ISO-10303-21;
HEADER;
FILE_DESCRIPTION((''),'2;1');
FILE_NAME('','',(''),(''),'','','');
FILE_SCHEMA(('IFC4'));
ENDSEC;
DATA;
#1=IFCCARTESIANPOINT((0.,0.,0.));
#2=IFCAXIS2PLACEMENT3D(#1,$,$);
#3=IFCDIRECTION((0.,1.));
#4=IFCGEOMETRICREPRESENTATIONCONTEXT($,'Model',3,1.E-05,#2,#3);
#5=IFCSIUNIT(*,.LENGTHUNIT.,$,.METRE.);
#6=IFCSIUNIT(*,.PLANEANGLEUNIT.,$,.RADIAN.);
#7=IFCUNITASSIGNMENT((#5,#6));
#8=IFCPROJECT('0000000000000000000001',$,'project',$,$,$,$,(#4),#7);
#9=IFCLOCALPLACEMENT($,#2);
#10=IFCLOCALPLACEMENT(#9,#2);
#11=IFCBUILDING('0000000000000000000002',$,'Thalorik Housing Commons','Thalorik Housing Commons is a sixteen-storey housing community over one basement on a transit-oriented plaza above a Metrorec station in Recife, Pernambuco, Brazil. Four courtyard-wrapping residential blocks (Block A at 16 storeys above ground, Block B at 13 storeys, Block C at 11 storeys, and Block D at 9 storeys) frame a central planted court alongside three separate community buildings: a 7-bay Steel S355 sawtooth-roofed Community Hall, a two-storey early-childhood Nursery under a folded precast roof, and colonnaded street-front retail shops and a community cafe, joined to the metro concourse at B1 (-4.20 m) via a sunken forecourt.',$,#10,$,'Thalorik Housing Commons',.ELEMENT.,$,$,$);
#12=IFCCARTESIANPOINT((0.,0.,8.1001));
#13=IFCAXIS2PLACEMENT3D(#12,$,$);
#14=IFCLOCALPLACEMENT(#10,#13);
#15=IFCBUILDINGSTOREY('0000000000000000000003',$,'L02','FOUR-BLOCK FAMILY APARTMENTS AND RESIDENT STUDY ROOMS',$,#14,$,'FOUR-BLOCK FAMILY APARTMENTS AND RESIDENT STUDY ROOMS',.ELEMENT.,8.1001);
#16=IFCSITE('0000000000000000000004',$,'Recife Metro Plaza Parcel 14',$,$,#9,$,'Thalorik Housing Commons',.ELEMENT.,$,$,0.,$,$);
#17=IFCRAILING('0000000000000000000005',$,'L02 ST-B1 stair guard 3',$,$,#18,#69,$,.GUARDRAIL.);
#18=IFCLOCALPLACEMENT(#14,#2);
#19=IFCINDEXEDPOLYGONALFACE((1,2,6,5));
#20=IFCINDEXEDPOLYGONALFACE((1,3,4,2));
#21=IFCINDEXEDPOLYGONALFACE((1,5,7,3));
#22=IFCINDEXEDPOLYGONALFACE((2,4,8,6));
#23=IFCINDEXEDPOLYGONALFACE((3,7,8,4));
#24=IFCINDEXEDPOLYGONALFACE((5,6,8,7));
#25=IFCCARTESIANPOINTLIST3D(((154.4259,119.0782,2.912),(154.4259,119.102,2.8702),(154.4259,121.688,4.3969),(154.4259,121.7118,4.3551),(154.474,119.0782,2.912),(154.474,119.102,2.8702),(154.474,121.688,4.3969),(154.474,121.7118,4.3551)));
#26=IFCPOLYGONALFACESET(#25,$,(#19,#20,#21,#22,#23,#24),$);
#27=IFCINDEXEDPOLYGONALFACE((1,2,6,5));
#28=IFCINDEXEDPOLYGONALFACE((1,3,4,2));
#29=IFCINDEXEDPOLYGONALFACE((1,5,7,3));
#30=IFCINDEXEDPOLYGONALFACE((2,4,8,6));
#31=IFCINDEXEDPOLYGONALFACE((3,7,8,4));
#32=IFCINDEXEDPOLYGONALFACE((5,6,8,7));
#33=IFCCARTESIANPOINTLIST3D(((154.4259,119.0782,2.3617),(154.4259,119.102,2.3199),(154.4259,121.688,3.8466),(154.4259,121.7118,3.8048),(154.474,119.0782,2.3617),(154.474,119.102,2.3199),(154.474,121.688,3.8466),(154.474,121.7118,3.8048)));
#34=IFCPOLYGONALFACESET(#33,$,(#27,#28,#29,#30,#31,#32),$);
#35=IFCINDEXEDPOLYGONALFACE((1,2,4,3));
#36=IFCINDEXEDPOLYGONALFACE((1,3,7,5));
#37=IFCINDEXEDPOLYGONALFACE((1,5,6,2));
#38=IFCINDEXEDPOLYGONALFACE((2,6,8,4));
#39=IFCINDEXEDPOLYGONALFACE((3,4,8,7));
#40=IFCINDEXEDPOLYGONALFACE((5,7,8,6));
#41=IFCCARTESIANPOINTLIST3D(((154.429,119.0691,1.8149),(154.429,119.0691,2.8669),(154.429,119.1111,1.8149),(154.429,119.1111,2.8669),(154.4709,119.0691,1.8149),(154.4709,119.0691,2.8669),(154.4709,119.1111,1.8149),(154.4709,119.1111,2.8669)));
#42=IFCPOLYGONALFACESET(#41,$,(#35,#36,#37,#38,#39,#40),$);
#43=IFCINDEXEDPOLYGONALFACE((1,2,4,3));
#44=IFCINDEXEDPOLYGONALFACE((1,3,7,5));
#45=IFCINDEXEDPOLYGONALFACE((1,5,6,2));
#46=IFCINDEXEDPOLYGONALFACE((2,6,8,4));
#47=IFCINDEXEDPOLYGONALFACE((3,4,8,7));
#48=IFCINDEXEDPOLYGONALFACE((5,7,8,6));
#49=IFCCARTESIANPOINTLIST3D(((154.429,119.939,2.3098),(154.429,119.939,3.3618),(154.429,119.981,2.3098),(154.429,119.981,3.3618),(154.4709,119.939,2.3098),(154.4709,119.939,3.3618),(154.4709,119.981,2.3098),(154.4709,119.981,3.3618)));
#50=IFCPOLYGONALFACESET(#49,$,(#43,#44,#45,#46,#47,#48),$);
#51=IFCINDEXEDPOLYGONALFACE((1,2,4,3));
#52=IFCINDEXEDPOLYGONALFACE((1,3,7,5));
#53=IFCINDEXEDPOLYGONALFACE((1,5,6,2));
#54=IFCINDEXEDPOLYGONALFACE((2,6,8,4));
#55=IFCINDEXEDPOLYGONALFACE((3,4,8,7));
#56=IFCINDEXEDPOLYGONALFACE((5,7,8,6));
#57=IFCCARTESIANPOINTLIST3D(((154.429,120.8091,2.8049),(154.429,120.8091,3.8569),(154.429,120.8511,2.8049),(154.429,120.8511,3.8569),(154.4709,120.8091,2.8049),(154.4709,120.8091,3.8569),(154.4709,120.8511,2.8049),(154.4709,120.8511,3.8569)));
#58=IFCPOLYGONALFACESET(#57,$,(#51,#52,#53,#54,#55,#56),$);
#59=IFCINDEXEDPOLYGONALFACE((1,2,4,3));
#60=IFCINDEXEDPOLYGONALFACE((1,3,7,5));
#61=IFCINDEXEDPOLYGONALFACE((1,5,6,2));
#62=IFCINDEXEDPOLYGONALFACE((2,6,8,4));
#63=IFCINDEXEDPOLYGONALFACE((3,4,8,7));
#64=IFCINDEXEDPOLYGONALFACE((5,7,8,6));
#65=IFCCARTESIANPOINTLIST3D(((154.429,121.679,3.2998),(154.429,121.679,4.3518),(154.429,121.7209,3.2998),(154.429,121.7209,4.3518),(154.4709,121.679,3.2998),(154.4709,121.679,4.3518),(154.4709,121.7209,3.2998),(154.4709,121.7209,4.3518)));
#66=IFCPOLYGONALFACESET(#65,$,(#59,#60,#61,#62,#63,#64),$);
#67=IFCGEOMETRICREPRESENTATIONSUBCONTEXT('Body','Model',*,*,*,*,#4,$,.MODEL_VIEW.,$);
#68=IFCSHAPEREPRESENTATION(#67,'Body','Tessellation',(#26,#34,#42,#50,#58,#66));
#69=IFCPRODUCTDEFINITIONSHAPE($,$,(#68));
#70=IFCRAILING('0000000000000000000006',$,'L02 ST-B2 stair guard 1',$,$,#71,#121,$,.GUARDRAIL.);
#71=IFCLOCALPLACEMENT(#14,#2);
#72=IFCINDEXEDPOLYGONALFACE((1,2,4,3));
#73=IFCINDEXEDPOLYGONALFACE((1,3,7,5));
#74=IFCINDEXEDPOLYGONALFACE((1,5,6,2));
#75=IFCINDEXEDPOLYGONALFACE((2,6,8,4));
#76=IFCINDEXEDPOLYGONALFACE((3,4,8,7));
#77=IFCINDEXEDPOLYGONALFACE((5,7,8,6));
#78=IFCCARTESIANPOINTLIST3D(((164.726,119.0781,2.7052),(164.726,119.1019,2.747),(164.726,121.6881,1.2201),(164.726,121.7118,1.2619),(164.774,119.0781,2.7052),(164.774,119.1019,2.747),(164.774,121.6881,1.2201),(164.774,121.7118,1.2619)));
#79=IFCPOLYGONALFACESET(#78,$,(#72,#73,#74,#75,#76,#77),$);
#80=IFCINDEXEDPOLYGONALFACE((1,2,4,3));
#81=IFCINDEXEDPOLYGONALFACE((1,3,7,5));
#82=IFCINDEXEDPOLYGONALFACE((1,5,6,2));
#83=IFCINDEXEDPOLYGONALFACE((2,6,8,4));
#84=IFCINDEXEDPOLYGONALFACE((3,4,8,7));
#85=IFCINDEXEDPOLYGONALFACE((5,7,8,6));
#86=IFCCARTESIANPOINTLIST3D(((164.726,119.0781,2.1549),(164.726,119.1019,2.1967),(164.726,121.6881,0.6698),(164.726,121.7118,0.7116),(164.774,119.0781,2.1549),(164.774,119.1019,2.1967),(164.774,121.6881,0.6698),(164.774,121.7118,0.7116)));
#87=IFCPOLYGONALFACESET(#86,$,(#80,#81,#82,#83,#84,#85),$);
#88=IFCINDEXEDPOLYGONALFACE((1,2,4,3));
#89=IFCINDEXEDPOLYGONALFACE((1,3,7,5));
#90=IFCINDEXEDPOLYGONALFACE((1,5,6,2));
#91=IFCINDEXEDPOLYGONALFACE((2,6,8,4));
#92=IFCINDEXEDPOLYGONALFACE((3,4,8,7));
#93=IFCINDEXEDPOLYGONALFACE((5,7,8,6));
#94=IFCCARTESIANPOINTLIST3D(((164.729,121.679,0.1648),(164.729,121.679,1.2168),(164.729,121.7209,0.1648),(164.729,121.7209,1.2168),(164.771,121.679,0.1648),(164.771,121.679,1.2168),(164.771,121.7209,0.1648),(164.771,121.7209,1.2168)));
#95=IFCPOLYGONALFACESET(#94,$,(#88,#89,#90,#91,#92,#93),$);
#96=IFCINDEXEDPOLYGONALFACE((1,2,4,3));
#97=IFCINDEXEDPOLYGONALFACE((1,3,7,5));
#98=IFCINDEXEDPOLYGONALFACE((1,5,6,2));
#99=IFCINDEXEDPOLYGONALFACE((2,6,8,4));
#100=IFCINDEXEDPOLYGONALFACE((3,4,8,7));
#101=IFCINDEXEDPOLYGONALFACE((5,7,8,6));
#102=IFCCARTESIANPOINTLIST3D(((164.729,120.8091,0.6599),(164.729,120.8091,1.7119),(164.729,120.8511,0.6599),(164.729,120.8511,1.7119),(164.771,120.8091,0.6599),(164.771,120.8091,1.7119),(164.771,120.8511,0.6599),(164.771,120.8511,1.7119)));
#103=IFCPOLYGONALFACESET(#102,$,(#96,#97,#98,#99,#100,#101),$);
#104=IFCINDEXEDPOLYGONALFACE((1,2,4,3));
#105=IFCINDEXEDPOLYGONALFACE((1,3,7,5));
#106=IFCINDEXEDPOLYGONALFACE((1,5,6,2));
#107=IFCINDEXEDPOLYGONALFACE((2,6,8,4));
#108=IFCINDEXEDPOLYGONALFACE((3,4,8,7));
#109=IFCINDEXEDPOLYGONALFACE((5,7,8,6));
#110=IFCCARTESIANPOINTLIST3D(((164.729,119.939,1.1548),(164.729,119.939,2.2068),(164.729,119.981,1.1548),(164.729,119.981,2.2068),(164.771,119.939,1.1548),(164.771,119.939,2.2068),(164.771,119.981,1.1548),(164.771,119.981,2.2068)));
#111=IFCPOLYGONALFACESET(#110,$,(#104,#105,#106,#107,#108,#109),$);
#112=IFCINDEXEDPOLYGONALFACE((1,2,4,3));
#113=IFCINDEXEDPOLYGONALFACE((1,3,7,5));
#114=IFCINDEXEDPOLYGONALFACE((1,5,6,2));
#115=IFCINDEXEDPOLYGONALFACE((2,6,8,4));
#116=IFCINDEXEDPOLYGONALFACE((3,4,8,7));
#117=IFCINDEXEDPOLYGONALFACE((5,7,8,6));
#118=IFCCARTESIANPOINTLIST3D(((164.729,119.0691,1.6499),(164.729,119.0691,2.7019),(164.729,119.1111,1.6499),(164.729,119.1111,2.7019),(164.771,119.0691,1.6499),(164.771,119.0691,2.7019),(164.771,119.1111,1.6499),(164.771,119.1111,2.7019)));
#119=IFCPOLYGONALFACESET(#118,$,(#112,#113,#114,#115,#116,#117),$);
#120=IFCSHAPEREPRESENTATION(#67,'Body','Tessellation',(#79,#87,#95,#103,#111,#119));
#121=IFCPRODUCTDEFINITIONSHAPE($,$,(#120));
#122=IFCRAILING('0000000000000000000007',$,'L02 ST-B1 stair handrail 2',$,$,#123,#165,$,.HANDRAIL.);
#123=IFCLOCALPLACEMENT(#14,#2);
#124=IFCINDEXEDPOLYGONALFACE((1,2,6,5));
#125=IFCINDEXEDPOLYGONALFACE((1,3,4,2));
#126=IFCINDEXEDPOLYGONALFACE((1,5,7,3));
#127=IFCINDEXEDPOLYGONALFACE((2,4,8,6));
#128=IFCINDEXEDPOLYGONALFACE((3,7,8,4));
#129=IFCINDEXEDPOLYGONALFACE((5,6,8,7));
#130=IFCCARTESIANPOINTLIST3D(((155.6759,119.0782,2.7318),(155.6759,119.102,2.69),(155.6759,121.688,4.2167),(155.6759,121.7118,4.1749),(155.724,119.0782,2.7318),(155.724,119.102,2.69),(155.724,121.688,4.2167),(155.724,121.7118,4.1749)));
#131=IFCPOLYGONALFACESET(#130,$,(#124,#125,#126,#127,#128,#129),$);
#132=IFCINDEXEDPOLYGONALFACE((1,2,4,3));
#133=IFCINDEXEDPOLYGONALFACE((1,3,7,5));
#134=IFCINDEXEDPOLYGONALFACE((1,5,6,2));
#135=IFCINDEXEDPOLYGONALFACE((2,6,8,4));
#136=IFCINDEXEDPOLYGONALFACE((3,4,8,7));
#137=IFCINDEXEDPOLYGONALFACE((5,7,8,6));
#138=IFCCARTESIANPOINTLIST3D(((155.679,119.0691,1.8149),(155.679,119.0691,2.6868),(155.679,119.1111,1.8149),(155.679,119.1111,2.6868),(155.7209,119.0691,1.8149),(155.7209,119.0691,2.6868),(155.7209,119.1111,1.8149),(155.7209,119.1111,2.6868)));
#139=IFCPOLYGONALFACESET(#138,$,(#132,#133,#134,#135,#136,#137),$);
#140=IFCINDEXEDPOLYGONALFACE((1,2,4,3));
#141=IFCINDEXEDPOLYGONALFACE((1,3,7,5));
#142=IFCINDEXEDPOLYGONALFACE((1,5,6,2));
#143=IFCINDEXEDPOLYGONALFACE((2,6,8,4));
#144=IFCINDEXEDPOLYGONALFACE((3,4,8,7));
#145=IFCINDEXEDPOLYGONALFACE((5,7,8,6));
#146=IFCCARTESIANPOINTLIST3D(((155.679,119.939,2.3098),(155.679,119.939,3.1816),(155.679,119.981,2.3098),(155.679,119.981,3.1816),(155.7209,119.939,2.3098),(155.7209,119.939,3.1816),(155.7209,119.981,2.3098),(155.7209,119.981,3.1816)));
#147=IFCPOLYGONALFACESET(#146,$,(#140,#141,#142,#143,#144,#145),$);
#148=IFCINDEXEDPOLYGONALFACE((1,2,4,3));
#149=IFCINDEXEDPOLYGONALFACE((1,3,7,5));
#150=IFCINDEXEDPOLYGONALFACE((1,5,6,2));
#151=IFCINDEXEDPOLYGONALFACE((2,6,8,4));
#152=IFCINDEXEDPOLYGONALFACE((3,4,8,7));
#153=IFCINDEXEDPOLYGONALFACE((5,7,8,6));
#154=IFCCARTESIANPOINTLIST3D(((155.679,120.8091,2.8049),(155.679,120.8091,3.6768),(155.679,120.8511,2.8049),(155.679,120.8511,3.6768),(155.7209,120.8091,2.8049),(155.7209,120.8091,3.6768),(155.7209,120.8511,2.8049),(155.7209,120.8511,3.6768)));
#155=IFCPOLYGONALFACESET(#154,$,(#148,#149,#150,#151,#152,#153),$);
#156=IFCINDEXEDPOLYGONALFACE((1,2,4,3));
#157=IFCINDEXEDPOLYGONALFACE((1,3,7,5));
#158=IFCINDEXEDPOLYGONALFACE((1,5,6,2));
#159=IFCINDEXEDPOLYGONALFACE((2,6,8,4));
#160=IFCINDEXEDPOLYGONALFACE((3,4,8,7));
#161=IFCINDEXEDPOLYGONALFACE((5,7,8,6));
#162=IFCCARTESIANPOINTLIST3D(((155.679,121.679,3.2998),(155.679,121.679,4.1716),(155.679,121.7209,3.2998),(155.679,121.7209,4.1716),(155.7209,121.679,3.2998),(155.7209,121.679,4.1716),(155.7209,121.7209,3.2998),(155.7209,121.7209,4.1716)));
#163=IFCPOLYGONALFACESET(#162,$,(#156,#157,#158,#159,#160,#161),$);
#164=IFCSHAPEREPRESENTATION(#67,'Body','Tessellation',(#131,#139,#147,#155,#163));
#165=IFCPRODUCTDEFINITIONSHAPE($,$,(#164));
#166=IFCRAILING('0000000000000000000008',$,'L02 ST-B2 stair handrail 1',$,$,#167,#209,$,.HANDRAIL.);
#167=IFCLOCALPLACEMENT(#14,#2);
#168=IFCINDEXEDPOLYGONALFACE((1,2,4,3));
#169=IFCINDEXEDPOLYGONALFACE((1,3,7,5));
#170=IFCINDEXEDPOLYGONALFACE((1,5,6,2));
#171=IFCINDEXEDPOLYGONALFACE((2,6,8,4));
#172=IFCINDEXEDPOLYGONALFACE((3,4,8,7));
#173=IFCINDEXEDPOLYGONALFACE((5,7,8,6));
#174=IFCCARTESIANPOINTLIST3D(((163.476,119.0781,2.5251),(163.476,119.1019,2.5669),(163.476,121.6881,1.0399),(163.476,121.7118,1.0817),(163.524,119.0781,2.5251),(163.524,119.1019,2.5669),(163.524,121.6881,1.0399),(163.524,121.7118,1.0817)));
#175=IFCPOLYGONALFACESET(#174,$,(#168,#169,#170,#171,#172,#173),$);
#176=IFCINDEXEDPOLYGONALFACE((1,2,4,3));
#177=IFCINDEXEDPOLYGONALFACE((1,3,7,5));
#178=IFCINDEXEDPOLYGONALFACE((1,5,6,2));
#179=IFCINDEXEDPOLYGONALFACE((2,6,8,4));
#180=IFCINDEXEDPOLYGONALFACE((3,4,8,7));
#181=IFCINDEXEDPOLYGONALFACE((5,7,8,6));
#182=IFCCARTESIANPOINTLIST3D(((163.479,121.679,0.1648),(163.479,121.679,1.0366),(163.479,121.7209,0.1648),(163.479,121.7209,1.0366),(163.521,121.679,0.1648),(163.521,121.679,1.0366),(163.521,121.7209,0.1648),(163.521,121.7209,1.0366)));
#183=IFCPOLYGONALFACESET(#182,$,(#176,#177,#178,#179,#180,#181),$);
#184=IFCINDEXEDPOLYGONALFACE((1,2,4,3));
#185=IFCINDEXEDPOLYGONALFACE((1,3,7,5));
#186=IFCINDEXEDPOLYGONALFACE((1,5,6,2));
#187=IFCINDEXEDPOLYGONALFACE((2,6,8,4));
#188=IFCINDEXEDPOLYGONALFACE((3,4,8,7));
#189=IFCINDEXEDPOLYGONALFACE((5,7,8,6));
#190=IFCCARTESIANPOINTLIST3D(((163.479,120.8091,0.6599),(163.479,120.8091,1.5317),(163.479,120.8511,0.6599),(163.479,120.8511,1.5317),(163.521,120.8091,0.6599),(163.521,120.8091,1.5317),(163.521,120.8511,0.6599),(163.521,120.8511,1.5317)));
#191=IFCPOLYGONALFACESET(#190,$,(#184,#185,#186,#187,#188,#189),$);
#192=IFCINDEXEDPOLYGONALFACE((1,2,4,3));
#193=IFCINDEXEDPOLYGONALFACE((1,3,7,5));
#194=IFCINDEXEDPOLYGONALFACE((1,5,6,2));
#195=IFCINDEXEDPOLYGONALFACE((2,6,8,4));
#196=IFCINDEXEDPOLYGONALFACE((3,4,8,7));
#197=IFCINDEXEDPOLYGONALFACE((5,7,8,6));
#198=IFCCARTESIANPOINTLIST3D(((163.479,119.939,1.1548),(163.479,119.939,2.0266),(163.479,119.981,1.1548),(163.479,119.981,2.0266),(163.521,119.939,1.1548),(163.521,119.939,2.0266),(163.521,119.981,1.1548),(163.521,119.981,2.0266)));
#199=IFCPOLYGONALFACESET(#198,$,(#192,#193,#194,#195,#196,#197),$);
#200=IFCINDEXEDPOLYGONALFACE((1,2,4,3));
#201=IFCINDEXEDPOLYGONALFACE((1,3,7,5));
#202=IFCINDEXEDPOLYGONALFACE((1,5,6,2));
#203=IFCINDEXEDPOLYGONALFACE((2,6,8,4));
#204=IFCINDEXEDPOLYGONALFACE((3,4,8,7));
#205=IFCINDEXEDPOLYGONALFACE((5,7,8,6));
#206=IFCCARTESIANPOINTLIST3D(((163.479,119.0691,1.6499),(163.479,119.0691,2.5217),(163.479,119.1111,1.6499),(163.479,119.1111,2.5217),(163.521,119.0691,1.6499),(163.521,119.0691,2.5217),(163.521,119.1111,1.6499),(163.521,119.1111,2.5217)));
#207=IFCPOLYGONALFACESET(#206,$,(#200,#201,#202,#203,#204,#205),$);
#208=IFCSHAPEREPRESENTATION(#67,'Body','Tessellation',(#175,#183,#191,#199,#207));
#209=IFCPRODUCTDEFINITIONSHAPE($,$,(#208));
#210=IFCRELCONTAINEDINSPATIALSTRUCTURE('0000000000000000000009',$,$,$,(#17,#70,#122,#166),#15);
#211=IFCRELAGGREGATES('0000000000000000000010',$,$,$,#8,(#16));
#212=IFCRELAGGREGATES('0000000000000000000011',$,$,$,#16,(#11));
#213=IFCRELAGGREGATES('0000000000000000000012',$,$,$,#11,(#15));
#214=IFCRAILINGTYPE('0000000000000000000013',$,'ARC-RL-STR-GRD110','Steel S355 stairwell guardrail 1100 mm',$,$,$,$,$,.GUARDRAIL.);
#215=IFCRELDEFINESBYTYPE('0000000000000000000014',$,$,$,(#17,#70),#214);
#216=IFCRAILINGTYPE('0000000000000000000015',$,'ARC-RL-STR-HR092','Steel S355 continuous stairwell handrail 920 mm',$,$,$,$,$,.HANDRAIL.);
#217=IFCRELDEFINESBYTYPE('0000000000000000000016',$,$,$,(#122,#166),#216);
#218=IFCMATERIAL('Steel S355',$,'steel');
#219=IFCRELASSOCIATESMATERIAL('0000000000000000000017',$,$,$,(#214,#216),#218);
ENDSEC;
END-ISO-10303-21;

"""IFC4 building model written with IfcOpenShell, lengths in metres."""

from ifc_helpers import new_model, si_unit, direction, frame, origin, origin_2d, place, context, subcontext, project, spatial, rectangle, extrude, material, type_object, element, save


model = new_model("IFC4")

# Units and contexts
model_context = context("Model", 3, precision=1e-05, world=origin(), true_north=direction((0.0, 1.0)))
body_context = subcontext(model_context, "Body", "Model", "MODEL_VIEW")
ifc_project = project(units=[si_unit("LENGTHUNIT", "METRE"), si_unit("PLANEANGLEUNIT", "RADIAN")], contexts=[model_context])

# Site, building, storey
site_placement = place(None, origin())
site = spatial("IfcSite", under=ifc_project, at=site_placement, Name="Recife Metro Plaza Parcel 14", LongName="Thalorik Housing Commons", CompositionType="ELEMENT", RefElevation=0.0)
building_placement = place(site_placement, origin())
building = spatial("IfcBuilding", under=site, at=building_placement, Name="Thalorik Housing Commons", Description="Thalorik Housing Commons is a sixteen-storey housing community over one basement on a transit-oriented plaza above a Metrorec station in Recife, Pernambuco, Brazil. Four courtyard-wrapping residential blocks (Block A at 16 storeys above ground, Block B at 13 storeys, Block C at 11 storeys, and Block D at 9 storeys) frame a central planted court alongside three separate community buildings: a 7-bay Steel S355 sawtooth-roofed Community Hall, a two-storey early-childhood Nursery under a folded precast roof, and colonnaded street-front retail shops and a community cafe, joined to the metro concourse at B1 (-4.20 m) via a sunken forecourt.", LongName="Thalorik Housing Commons", CompositionType="ELEMENT")
storey_placement = place(building_placement, frame((0.0, 0.0, 8.1001)))
storey = spatial("IfcBuildingStorey", under=building, at=storey_placement, Name="L02", Description="FOUR-BLOCK FAMILY APARTMENTS AND RESIDENT STUDY ROOMS", LongName="FOUR-BLOCK FAMILY APARTMENTS AND RESIDENT STUDY ROOMS", CompositionType="ELEMENT", Elevation=8.1001)

# Shared definitions
ifc_material_1 = material(Name="Steel S355", Category="steel")

# Railings
railing_type_1 = type_object("IfcRailingType", Name="ARC-RL-STR-GRD110", Description="Steel S355 stairwell guardrail 1100 mm", PredefinedType="GUARDRAIL", material=ifc_material_1)
railing_1_placement = place(storey_placement, frame((154.45, 119.0901, 1.8149)))
element("IfcRailing", 1, at=railing_1_placement, inside=storey, type_object=railing_type_1, Name="L02 ST-B1 stair guard 3", PredefinedType="GUARDRAIL", context=body_context, shape_type="SweptSolid", body=[
    extrude(rectangle(XDim=0.0481, YDim=0.0481, at=origin_2d()), frame((0.0, 0.0, 1.0762), z_axis=(0.0, 0.869172, 0.494509), x_axis=(-1.0, 0.0, 0.0)), (0.0, 0.0, 1.0), 3.0027),
    extrude(rectangle(XDim=0.0481, YDim=0.0481, at=origin_2d()), frame((0.0, 0.0, 0.5259), z_axis=(0.0, 0.869172, 0.494509), x_axis=(-1.0, 0.0, 0.0)), (0.0, 0.0, 1.0), 3.0027),
    extrude(rectangle(XDim=0.042, YDim=0.042, at=origin_2d()), origin(), (0.0, 0.0, 1.0), 1.052),
    extrude(rectangle(XDim=0.042, YDim=0.042, at=origin_2d()), frame((0.0, 0.8699, 0.4949)), (0.0, 0.0, 1.0), 1.052),
    extrude(rectangle(XDim=0.042, YDim=0.042, at=origin_2d()), frame((0.0, 1.74, 0.99)), (0.0, 0.0, 1.0), 1.052),
    extrude(rectangle(XDim=0.042, YDim=0.042, at=origin_2d()), frame((0.0, 2.6099, 1.4849)), (0.0, 0.0, 1.0), 1.052),
])
railing_2_placement = place(storey_placement, frame((164.75, 121.7, 0.1648)))
element("IfcRailing", 2, at=railing_2_placement, inside=storey, type_object=railing_type_1, Name="L02 ST-B2 stair guard 1", PredefinedType="GUARDRAIL", context=body_context, shape_type="SweptSolid", body=[
    extrude(rectangle(XDim=0.0481, YDim=0.0481, at=origin_2d()), frame((0.0, 0.0, 1.0762), z_axis=(0.0, -0.869137, 0.494571), x_axis=(1.0, 0.0, 0.0)), (0.0, 0.0, 1.0), 3.0029),
    extrude(rectangle(XDim=0.0481, YDim=0.0481, at=origin_2d()), frame((0.0, 0.0, 0.5259), z_axis=(0.0, -0.869137, 0.494571), x_axis=(1.0, 0.0, 0.0)), (0.0, 0.0, 1.0), 3.0029),
    extrude(rectangle(XDim=0.042, YDim=0.042, at=origin_2d()), origin(), (0.0, 0.0, 1.0), 1.052),
    extrude(rectangle(XDim=0.042, YDim=0.042, at=origin_2d()), frame((0.0, -0.8699, 0.4951)), (0.0, 0.0, 1.0), 1.052),
    extrude(rectangle(XDim=0.042, YDim=0.042, at=origin_2d()), frame((0.0, -1.74, 0.99)), (0.0, 0.0, 1.0), 1.052),
    extrude(rectangle(XDim=0.042, YDim=0.042, at=origin_2d()), frame((0.0, -2.6099, 1.4851)), (0.0, 0.0, 1.0), 1.052),
])
railing_type_2 = type_object("IfcRailingType", Name="ARC-RL-STR-HR092", Description="Steel S355 continuous stairwell handrail 920 mm", PredefinedType="HANDRAIL", material=ifc_material_1)
railing_3_placement = place(storey_placement, frame((155.7, 119.0901, 1.8149)))
element("IfcRailing", 3, at=railing_3_placement, inside=storey, type_object=railing_type_2, Name="L02 ST-B1 stair handrail 2", PredefinedType="HANDRAIL", context=body_context, shape_type="SweptSolid", body=[
    extrude(rectangle(XDim=0.0481, YDim=0.0481, at=origin_2d()), frame((0.0, 0.0, 0.896), z_axis=(0.0, 0.869172, 0.494509), x_axis=(-1.0, 0.0, 0.0)), (0.0, 0.0, 1.0), 3.0027),
    extrude(rectangle(XDim=0.042, YDim=0.042, at=origin_2d()), origin(), (0.0, 0.0, 1.0), 0.8718),
    extrude(rectangle(XDim=0.042, YDim=0.042, at=origin_2d()), frame((0.0, 0.8699, 0.4949)), (0.0, 0.0, 1.0), 0.8718),
    extrude(rectangle(XDim=0.042, YDim=0.042, at=origin_2d()), frame((0.0, 1.74, 0.99)), (0.0, 0.0, 1.0), 0.8718),
    extrude(rectangle(XDim=0.042, YDim=0.042, at=origin_2d()), frame((0.0, 2.6099, 1.4849)), (0.0, 0.0, 1.0), 0.8718),
])
railing_4_placement = place(storey_placement, frame((163.5, 121.7, 0.1648)))
element("IfcRailing", 4, at=railing_4_placement, inside=storey, type_object=railing_type_2, Name="L02 ST-B2 stair handrail 1", PredefinedType="HANDRAIL", context=body_context, shape_type="SweptSolid", body=[
    extrude(rectangle(XDim=0.0481, YDim=0.0481, at=origin_2d()), frame((0.0, 0.0, 0.896), z_axis=(0.0, -0.869137, 0.494571), x_axis=(1.0, 0.0, 0.0)), (0.0, 0.0, 1.0), 3.0029),
    extrude(rectangle(XDim=0.042, YDim=0.042, at=origin_2d()), origin(), (0.0, 0.0, 1.0), 0.8718),
    extrude(rectangle(XDim=0.042, YDim=0.042, at=origin_2d()), frame((0.0, -0.8699, 0.4951)), (0.0, 0.0, 1.0), 0.8718),
    extrude(rectangle(XDim=0.042, YDim=0.042, at=origin_2d()), frame((0.0, -1.74, 0.99)), (0.0, 0.0, 1.0), 0.8718),
    extrude(rectangle(XDim=0.042, YDim=0.042, at=origin_2d()), frame((0.0, -2.6099, 1.4851)), (0.0, 0.0, 1.0), 0.8718),
])

save(model, "model.ifc")
